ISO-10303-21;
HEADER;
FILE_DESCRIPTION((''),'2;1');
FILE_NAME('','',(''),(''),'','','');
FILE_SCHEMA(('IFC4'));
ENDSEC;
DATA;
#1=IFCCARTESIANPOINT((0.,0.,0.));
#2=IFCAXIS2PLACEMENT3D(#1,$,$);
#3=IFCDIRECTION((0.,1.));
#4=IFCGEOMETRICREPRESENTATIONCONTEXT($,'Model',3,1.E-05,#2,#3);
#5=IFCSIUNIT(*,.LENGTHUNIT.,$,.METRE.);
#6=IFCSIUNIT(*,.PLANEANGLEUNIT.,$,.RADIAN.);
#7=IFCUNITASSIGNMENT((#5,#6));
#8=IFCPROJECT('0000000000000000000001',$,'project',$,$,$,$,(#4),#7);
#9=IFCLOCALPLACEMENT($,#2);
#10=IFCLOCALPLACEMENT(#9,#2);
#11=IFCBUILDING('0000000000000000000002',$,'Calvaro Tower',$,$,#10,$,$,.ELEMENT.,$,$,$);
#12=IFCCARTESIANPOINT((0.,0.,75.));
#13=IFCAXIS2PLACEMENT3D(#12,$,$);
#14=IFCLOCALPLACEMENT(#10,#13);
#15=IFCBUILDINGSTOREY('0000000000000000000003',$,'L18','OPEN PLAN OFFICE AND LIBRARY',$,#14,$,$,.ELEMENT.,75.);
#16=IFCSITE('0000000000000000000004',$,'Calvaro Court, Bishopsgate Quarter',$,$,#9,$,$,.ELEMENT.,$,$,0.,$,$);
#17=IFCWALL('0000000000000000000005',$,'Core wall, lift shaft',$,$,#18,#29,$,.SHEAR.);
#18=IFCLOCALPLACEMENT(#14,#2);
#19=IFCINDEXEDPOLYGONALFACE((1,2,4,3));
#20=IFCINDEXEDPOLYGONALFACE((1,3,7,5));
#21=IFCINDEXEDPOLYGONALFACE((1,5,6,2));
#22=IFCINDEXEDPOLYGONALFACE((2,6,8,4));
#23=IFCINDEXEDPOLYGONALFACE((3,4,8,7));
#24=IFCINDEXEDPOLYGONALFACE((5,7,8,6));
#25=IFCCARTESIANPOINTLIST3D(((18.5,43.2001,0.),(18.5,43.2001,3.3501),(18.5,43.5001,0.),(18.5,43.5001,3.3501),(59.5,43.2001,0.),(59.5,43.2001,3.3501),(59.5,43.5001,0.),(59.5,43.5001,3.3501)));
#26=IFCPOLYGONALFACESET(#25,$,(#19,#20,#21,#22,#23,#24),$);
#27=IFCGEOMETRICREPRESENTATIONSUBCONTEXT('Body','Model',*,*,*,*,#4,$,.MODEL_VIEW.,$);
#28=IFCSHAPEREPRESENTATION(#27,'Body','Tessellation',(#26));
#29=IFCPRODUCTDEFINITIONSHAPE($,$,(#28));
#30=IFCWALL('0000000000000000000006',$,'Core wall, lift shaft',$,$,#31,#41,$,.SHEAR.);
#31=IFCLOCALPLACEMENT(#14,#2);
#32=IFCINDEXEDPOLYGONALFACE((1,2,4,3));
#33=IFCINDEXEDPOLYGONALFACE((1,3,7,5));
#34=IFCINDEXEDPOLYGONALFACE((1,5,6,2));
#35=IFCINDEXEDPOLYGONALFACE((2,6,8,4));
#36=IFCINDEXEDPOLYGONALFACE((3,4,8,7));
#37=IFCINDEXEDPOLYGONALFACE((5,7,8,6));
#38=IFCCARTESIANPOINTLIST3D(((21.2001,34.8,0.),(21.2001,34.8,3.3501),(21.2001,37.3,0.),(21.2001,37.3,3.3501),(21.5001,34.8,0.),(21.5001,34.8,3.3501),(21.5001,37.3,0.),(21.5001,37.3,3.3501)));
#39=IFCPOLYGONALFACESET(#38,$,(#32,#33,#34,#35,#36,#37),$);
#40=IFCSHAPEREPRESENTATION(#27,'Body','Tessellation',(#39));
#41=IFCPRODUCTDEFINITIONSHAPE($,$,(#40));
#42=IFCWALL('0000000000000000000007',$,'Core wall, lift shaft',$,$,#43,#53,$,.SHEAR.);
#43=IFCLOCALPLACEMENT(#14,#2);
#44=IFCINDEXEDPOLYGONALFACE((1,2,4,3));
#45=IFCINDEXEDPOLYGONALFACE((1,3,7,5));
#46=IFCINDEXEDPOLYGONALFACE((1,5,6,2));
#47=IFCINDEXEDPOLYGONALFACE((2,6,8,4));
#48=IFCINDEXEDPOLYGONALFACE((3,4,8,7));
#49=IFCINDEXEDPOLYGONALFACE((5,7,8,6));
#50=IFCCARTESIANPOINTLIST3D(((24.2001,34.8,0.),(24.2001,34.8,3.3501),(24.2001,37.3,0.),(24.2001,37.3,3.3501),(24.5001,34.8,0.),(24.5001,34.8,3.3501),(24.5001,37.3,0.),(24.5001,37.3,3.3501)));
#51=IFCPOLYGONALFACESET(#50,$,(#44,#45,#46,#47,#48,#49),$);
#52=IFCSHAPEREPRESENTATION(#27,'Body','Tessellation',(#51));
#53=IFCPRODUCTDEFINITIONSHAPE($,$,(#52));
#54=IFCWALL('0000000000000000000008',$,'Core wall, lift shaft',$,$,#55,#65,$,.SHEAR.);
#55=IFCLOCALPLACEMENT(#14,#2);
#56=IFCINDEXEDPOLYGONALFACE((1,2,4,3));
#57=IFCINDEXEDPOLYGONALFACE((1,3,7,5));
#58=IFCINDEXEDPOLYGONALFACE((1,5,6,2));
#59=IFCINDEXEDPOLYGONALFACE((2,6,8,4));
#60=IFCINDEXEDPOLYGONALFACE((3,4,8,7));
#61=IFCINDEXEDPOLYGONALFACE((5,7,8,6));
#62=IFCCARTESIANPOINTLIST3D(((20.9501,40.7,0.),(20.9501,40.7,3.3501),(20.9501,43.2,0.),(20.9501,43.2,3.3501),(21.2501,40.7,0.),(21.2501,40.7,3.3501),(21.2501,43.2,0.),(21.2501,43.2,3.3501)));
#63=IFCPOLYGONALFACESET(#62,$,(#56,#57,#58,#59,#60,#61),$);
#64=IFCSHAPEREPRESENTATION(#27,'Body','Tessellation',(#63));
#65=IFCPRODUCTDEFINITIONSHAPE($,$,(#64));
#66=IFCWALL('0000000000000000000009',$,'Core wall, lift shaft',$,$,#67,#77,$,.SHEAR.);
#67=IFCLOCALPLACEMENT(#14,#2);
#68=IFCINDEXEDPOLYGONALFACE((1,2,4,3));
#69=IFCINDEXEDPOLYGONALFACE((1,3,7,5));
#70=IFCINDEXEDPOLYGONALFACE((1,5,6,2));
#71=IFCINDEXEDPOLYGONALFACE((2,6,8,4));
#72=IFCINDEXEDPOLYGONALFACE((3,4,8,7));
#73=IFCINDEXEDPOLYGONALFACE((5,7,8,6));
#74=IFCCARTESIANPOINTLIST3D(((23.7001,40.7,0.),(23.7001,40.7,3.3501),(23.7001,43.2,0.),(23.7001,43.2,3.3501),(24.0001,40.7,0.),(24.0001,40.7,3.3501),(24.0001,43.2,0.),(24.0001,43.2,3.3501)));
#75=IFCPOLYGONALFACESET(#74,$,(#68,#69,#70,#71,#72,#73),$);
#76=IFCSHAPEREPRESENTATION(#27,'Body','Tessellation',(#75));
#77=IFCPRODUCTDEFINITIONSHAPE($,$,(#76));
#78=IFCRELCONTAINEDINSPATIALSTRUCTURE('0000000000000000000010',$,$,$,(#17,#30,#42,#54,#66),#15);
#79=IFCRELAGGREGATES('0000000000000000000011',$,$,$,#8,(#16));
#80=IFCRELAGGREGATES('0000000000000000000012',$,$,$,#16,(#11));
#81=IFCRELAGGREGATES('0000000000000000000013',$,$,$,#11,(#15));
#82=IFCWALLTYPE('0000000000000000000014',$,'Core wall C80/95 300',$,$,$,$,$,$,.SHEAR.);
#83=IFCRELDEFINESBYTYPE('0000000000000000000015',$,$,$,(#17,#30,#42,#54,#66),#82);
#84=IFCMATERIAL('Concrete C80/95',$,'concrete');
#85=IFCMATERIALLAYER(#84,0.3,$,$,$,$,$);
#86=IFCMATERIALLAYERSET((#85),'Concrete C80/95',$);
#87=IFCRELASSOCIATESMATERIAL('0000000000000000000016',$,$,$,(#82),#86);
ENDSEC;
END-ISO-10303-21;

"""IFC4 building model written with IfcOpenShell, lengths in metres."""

from ifc_helpers import new_model, si_unit, direction, frame, frame_2d, origin, place, context, subcontext, project, spatial, rectangle, extrude, material, layer, layer_set, type_object, element, save


model = new_model("IFC4")

# Units and contexts
model_context = context("Model", 3, precision=1e-05, world=origin(), true_north=direction((0.0, 1.0)))
body_context = subcontext(model_context, "Body", "Model", "MODEL_VIEW")
ifc_project = project(units=[si_unit("LENGTHUNIT", "METRE"), si_unit("PLANEANGLEUNIT", "RADIAN")], contexts=[model_context])

# Site, building, storey
site_placement = place(None, origin())
site = spatial("IfcSite", under=ifc_project, at=site_placement, Name="Calvaro Court, Bishopsgate Quarter", CompositionType="ELEMENT", RefElevation=0.0)
building_placement = place(site_placement, origin())
building = spatial("IfcBuilding", under=site, at=building_placement, Name="Calvaro Tower", CompositionType="ELEMENT")
storey_placement = place(building_placement, frame((0.0, 0.0, 75.0)))
storey = spatial("IfcBuildingStorey", under=building, at=storey_placement, Name="L18", Description="OPEN PLAN OFFICE AND LIBRARY", CompositionType="ELEMENT", Elevation=75.0)

# Shared definitions
ifc_material_1 = material(Name="Concrete C80/95", Category="concrete")
ifc_layer_1 = layer(ifc_material_1, 0.3)
ifc_layer_set_1 = layer_set([ifc_layer_1], Name="Concrete C80/95")
wall_type_1 = type_object("IfcWallType", Name="Core wall C80/95 300", PredefinedType="SHEAR", material=ifc_layer_set_1)

# Walls
wall_1_placement = place(storey_placement, frame((18.5, 43.3501, 0.0), z_axis=(0.0, 0.0, 1.0), x_axis=(1.0, 0.0, 0.0)))
element("IfcWall", 1, at=wall_1_placement, inside=storey, type_object=wall_type_1, Name="Core wall, lift shaft", PredefinedType="SHEAR", context=body_context, shape_type="SweptSolid", body=[
    extrude(rectangle(XDim=41.0, YDim=0.3, at=frame_2d((20.5, 0.0))), origin(), (0.0, 0.0, 1.0), 3.3501),
])
for number, where, z_axis, x_axis, name in (
    (2, (21.3501, 34.8, 0.0), (0.0, 0.0, 1.0), (0.0, 1.0, 0.0), "Core wall, lift shaft"),
    (3, (24.3501, 34.8, 0.0), (0.0, 0.0, 1.0), (0.0, 1.0, 0.0), "Core wall, lift shaft"),
    (4, (21.1001, 40.7, 0.0), (0.0, 0.0, 1.0), (0.0, 1.0, 0.0), "Core wall, lift shaft"),
    (5, (23.8501, 40.7, 0.0), (0.0, 0.0, 1.0), (0.0, 1.0, 0.0), "Core wall, lift shaft"),
):
    element("IfcWall", number, at=place(storey_placement, frame(where, z_axis=z_axis, x_axis=x_axis)), inside=storey, type_object=wall_type_1, Name=name, PredefinedType="SHEAR", context=body_context, shape_type="SweptSolid", body=[
        extrude(rectangle(XDim=2.5, YDim=0.3, at=frame_2d((1.25, 0.0))), origin(), (0.0, 0.0, 1.0), 3.3501),
    ])

save(model, "model.ifc")
